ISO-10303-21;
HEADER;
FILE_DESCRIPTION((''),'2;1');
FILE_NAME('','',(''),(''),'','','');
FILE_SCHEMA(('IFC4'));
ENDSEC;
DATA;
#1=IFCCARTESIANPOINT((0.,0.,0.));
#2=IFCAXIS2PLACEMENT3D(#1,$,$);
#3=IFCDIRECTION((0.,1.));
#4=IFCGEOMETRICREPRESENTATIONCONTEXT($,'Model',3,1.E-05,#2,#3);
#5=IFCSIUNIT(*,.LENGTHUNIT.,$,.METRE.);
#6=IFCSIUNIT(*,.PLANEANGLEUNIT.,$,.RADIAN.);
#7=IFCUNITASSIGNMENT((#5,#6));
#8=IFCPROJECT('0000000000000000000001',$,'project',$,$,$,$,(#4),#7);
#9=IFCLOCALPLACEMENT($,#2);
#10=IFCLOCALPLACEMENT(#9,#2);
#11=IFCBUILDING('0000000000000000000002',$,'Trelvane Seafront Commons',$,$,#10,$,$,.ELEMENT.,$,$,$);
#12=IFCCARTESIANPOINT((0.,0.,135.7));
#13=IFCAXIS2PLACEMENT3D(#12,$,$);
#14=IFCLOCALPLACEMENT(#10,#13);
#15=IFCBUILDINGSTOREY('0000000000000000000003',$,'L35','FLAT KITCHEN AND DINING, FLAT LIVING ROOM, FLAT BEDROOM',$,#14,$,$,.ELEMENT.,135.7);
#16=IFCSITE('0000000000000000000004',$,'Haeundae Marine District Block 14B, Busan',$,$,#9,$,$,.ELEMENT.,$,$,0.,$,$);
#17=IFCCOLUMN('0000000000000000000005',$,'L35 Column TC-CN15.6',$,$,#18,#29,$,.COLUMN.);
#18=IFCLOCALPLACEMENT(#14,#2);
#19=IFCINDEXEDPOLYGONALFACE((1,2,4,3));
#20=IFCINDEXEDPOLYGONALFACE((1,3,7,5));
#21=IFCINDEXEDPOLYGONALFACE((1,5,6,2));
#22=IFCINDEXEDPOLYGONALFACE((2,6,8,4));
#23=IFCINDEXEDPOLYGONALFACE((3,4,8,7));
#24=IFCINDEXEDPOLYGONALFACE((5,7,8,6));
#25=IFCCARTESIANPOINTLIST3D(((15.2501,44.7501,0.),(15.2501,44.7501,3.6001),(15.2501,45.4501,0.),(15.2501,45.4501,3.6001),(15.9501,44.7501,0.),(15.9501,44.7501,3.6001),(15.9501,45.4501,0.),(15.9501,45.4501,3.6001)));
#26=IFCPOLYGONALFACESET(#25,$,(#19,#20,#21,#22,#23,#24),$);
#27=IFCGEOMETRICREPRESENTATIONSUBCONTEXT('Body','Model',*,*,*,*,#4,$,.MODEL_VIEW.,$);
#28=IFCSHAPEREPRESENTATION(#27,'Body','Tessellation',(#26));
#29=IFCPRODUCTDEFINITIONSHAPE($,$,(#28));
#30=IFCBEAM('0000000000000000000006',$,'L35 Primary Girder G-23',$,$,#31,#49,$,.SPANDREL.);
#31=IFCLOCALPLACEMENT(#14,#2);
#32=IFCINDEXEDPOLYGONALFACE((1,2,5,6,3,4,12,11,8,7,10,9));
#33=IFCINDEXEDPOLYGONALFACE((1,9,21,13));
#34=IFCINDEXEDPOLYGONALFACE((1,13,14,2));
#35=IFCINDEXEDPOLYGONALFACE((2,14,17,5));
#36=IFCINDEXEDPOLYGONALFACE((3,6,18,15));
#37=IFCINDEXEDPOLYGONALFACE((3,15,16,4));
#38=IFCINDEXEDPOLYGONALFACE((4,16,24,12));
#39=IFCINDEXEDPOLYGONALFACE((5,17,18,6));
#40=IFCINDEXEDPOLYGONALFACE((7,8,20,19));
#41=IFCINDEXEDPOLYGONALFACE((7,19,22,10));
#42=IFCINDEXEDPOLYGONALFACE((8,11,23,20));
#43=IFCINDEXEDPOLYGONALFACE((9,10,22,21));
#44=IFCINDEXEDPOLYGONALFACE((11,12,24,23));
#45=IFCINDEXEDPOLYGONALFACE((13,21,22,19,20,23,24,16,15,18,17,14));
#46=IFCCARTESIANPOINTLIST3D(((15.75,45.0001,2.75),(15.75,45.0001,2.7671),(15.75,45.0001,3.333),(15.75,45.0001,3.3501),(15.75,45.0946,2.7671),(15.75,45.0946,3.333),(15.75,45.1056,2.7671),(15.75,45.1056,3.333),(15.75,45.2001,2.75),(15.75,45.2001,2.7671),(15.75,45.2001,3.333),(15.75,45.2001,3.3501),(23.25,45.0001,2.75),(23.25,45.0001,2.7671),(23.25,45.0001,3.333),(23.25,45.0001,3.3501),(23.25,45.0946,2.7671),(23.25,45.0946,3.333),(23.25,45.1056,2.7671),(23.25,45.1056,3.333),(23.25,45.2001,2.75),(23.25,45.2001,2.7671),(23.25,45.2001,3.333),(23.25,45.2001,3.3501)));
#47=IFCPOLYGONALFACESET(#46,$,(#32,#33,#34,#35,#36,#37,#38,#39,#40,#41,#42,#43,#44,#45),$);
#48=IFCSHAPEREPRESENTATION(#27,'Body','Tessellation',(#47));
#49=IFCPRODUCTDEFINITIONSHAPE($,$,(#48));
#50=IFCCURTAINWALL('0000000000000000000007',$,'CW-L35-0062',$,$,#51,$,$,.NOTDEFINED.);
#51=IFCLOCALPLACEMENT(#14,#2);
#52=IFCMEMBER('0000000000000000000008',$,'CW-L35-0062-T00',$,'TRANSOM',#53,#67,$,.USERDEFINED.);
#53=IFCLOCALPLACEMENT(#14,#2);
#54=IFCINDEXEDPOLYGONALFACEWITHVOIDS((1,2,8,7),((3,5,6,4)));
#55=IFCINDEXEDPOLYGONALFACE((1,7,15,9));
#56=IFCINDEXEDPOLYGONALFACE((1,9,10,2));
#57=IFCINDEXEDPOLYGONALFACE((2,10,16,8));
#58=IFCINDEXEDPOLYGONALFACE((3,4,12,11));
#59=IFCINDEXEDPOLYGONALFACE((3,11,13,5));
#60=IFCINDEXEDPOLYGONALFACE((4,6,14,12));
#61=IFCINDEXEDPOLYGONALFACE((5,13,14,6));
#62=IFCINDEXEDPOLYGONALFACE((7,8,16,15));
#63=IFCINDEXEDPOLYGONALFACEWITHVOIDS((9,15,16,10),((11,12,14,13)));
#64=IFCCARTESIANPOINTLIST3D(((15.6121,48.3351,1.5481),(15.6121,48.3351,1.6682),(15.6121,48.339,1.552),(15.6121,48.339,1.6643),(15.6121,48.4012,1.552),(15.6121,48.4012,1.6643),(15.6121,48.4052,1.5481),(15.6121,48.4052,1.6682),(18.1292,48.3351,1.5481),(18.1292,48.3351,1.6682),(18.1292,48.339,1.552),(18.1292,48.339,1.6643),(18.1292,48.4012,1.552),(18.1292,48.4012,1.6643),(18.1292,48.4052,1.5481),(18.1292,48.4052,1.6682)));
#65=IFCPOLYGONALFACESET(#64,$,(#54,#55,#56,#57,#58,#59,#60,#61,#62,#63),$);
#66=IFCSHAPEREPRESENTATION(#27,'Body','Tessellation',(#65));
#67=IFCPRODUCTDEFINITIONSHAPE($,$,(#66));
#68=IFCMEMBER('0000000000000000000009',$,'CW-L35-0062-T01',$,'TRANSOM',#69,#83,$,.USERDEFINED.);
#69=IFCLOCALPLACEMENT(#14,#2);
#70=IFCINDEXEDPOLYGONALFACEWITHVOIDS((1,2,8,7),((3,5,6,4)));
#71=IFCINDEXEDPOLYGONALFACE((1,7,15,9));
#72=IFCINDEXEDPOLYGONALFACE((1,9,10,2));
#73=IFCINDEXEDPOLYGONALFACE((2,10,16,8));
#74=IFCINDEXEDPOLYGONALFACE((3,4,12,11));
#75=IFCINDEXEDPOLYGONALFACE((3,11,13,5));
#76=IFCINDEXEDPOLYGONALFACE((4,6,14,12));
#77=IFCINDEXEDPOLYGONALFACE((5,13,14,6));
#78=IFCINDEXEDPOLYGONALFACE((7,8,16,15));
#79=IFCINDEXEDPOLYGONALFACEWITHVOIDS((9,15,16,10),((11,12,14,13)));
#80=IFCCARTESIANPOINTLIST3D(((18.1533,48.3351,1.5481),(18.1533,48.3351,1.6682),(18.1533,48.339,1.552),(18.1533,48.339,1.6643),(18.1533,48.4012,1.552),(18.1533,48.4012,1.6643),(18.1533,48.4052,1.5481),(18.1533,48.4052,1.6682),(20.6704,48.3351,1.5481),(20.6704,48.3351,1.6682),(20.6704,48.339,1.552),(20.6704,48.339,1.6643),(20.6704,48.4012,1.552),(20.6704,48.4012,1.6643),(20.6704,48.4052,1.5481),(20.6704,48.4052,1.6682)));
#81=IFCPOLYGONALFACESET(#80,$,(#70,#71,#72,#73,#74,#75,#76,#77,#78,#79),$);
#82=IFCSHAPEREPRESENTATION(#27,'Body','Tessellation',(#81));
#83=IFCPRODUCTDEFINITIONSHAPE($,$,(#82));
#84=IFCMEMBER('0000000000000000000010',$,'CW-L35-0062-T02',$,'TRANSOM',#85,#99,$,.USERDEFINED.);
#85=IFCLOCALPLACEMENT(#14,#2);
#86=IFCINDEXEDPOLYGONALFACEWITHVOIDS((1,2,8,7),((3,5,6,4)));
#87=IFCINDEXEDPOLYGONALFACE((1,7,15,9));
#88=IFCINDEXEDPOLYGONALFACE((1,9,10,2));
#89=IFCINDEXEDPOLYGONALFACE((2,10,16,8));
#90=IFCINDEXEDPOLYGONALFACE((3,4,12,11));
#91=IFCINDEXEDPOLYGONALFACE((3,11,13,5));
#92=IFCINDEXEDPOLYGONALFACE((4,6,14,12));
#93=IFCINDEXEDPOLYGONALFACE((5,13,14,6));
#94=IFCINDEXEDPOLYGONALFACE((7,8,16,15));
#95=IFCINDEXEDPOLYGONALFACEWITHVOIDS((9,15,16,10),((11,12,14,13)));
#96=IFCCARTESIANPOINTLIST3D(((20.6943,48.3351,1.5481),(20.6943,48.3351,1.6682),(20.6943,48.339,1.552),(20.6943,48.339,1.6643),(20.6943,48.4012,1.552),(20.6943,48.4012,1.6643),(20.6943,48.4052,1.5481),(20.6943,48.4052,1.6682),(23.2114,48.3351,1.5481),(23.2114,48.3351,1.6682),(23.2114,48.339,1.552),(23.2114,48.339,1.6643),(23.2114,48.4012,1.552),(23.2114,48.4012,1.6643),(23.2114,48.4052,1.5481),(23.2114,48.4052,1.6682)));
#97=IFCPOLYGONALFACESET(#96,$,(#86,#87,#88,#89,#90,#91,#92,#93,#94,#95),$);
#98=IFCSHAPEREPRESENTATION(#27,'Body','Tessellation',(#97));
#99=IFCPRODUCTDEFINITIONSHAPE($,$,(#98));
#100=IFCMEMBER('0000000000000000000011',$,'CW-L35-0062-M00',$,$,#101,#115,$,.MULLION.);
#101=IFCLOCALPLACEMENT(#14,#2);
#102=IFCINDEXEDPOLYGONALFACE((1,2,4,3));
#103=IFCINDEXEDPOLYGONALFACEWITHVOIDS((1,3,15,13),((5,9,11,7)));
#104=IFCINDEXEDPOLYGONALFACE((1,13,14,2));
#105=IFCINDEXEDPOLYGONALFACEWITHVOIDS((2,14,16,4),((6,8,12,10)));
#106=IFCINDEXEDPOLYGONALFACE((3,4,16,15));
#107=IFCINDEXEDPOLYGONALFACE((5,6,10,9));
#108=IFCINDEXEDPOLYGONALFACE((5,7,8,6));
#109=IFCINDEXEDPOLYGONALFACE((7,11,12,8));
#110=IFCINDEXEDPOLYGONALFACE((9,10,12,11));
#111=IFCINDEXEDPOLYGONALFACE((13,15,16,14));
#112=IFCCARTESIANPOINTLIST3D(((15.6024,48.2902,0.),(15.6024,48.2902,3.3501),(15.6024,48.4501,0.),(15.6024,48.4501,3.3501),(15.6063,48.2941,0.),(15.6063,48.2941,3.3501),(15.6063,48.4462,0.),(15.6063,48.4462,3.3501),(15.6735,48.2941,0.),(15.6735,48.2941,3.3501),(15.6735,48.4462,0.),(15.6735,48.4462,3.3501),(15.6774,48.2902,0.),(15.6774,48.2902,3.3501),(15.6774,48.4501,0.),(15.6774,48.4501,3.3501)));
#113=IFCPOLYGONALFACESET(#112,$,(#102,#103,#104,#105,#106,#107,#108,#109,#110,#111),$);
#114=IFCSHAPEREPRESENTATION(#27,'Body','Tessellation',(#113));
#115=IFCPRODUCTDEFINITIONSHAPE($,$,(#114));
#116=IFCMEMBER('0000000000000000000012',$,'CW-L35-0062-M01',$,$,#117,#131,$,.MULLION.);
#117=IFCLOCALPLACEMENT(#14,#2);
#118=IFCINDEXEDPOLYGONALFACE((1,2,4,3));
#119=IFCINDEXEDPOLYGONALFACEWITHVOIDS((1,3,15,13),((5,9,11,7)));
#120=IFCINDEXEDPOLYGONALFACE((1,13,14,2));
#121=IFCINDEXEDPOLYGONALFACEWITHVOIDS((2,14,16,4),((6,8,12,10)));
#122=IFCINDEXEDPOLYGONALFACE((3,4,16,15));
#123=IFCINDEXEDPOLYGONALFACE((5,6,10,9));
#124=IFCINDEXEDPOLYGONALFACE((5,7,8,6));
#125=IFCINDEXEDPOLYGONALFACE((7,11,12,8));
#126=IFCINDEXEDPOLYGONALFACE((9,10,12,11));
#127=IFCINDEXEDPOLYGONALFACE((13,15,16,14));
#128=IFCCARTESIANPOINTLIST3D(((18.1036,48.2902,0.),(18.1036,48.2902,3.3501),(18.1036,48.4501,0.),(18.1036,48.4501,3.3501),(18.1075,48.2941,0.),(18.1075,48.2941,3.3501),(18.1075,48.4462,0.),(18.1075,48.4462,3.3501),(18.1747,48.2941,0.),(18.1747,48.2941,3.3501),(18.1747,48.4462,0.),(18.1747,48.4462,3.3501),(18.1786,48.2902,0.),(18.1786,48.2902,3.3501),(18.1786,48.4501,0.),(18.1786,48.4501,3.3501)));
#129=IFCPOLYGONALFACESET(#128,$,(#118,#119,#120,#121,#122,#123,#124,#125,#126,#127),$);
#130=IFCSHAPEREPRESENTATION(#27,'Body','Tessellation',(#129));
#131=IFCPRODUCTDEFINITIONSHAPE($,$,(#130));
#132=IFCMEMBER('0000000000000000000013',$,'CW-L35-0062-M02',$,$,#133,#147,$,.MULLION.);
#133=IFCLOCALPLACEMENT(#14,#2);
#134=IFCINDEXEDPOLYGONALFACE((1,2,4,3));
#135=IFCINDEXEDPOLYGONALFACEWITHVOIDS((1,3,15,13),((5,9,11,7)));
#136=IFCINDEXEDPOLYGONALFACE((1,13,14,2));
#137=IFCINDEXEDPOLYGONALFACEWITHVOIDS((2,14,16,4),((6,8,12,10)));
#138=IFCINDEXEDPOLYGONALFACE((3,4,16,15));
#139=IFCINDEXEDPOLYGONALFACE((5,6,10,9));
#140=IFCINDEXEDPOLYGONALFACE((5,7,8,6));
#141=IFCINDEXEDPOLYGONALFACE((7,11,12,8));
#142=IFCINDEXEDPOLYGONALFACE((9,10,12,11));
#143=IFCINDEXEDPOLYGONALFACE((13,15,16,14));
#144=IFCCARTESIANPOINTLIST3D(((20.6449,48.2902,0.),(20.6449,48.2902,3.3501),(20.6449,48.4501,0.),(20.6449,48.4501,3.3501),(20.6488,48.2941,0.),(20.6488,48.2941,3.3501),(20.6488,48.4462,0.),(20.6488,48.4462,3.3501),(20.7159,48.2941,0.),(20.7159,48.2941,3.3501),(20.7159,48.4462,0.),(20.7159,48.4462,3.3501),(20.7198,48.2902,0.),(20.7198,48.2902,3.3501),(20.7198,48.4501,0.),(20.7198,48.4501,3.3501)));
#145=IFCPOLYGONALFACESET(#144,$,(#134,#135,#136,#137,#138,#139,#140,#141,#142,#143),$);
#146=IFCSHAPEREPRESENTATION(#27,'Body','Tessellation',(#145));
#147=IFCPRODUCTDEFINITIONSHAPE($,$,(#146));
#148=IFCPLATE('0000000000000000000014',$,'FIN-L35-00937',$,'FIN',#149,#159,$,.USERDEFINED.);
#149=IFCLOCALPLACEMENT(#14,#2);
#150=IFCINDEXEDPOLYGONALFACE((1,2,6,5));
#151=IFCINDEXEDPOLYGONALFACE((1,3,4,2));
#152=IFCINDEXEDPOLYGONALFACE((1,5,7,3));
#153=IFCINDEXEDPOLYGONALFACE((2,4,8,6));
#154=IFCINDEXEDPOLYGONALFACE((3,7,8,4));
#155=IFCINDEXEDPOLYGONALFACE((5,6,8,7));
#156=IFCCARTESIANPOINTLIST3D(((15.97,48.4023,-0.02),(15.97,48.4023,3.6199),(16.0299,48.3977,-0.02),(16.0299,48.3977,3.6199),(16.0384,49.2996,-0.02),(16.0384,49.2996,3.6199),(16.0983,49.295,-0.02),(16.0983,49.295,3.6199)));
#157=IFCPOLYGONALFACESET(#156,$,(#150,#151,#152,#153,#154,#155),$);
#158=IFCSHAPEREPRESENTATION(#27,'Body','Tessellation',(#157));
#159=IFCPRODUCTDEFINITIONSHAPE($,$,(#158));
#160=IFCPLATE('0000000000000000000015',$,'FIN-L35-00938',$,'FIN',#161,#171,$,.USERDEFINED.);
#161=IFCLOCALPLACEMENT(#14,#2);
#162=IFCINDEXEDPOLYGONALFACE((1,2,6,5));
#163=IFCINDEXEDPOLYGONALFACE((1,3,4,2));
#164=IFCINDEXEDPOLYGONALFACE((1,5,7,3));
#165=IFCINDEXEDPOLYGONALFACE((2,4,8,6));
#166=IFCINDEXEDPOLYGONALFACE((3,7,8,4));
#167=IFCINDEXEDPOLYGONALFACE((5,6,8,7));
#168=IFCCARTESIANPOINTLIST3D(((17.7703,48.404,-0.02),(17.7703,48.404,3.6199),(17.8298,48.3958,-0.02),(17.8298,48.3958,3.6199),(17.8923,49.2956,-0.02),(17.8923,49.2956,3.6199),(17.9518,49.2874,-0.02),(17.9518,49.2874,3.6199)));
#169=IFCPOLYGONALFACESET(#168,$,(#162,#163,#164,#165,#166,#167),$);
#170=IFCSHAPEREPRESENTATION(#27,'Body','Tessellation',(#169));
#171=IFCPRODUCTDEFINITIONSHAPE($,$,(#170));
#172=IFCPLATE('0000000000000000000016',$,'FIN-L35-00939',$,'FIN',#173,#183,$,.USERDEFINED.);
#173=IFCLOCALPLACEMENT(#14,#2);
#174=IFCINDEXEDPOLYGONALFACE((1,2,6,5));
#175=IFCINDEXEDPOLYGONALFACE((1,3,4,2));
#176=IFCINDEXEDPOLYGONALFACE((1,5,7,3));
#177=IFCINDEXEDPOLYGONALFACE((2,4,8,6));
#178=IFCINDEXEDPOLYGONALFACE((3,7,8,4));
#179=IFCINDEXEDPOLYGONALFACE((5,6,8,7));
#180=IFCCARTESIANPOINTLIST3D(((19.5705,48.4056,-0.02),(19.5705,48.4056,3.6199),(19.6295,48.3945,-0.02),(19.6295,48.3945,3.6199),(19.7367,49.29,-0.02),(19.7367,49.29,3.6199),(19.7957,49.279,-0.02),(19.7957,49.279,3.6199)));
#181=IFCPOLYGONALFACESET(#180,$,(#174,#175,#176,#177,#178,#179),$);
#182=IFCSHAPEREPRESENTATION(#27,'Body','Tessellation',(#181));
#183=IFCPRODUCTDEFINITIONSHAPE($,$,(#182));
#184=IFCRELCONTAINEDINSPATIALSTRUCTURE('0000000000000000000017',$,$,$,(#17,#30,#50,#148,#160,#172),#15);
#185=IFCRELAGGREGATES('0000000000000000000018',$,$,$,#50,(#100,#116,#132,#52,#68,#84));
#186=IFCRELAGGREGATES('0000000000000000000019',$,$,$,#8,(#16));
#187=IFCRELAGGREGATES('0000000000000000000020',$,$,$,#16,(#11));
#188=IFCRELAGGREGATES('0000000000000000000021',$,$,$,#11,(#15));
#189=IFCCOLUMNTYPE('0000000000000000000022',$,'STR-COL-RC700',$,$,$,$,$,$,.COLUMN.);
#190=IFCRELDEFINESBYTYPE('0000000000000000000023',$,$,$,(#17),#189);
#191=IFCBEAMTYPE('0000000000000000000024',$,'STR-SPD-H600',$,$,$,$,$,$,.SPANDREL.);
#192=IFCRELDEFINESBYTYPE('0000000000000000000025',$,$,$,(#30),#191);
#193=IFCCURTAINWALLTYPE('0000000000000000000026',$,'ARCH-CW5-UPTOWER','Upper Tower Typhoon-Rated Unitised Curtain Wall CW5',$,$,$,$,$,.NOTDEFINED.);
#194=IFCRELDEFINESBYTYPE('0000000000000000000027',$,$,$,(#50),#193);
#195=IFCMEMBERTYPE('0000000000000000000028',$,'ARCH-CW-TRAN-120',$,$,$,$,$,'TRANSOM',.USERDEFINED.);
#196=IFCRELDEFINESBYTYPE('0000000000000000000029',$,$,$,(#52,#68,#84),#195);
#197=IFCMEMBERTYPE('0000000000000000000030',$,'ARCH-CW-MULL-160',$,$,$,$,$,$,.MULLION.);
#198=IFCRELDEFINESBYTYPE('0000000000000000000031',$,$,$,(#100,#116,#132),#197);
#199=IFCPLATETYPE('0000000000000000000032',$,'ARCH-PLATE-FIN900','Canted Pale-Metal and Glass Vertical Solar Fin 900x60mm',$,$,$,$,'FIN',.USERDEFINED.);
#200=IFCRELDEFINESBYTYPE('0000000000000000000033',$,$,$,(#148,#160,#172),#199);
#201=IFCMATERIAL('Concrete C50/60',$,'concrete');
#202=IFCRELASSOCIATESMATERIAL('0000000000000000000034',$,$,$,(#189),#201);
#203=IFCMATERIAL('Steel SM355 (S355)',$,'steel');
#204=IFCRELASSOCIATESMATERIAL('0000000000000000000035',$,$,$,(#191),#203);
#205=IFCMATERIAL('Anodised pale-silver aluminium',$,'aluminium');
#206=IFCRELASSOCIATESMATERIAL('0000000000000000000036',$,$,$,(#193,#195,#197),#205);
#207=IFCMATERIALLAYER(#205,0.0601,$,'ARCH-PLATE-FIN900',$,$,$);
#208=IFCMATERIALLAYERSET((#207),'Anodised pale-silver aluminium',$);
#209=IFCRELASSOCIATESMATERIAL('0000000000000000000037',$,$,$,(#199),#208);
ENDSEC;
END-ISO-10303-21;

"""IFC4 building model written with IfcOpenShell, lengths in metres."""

from ifc_helpers import new_model, si_unit, direction, frame, origin, origin_2d, place, context, subcontext, project, spatial, rectangle, hollow_rectangle, i_section, extrude, source, transform, mapped, material, layer, layer_set, material_profile, profile_set, type_object, element, aggregate, save


model = new_model("IFC4")

# Units and contexts
model_context = context("Model", 3, precision=1e-05, world=origin(), true_north=direction((0.0, 1.0)))
body_context = subcontext(model_context, "Body", "Model", "MODEL_VIEW")
ifc_project = project(units=[si_unit("LENGTHUNIT", "METRE"), si_unit("PLANEANGLEUNIT", "RADIAN")], contexts=[model_context])

# Site, building, storey
site_placement = place(None, origin())
site = spatial("IfcSite", under=ifc_project, at=site_placement, Name="Haeundae Marine District Block 14B, Busan", CompositionType="ELEMENT", RefElevation=0.0)
building_placement = place(site_placement, origin())
building = spatial("IfcBuilding", under=site, at=building_placement, Name="Trelvane Seafront Commons", CompositionType="ELEMENT")
storey_placement = place(building_placement, frame((0.0, 0.0, 135.7)))
storey = spatial("IfcBuildingStorey", under=building, at=storey_placement, Name="L35", Description="FLAT KITCHEN AND DINING, FLAT LIVING ROOM, FLAT BEDROOM", CompositionType="ELEMENT", Elevation=135.7)

# Column
ifc_material_1 = material(Name="Concrete C50/60", Category="concrete")
ifc_material_profile_1 = material_profile(ifc_material_1, rectangle(XDim=0.7, YDim=0.7, at=origin_2d()), Name="RC-700x700")
ifc_profile_set_1 = profile_set([ifc_material_profile_1], Name="Concrete C50/60")
column_type = type_object("IfcColumnType", Name="STR-COL-RC700", PredefinedType="COLUMN", material=ifc_profile_set_1)
shared_shape_1 = source(origin(), body_context, "Body", "SweptSolid", [
    extrude(rectangle(XDim=0.7, YDim=0.7, at=origin_2d()), origin(), (0.0, 0.0, 1.0), 3.6001),
])
column_placement = place(storey_placement, frame((15.6001, 45.1001, 0.0), z_axis=(0.0, 0.0, 1.0), x_axis=(1.0, 0.0, 0.0)))
element("IfcColumn", 1, at=column_placement, inside=storey, type_object=column_type, Name="L35 Column TC-CN15.6", PredefinedType="COLUMN", context=body_context, shape_type="MappedRepresentation", body=[
    mapped(shared_shape_1, transform((0.0, 0.0, 0.0), x_axis=(1.0, 0.0, 0.0), y_axis=(0.0, 1.0, 0.0), z_axis=(0.0, 0.0, 1.0), scale=1.0)),
])

# Beam
ifc_material_2 = material(Name="Steel SM355 (S355)", Category="steel")
ifc_material_profile_2 = material_profile(ifc_material_2, i_section(OverallWidth=0.2, OverallDepth=0.6001, WebThickness=0.011, FlangeThickness=0.0171, at=origin_2d()), Name="H-600x200x11x17")
ifc_profile_set_2 = profile_set([ifc_material_profile_2], Name="Steel SM355 (S355)")
beam_type = type_object("IfcBeamType", Name="STR-SPD-H600", PredefinedType="SPANDREL", material=ifc_profile_set_2)
shared_shape_2 = source(origin(), body_context, "Body", "SweptSolid", [
    extrude(i_section(OverallWidth=0.2, OverallDepth=0.6001, WebThickness=0.011, FlangeThickness=0.0171, at=origin_2d()), origin(), (0.0, 0.0, 1.0), 7.5),
])
beam_placement = place(storey_placement, frame((15.75, 45.1001, 3.05), z_axis=(1.0, 0.0, 0.0), x_axis=(0.0, 1.0, 0.0)))
element("IfcBeam", 2, at=beam_placement, inside=storey, type_object=beam_type, Name="L35 Primary Girder G-23", PredefinedType="SPANDREL", context=body_context, shape_type="MappedRepresentation", body=[
    mapped(shared_shape_2, transform((0.0, 0.0, 0.0), x_axis=(1.0, 0.0, 0.0), y_axis=(0.0, 1.0, 0.0), z_axis=(0.0, 0.0, 1.0), scale=1.0)),
])

# Curtain wall, members
ifc_material_3 = material(Name="Anodised pale-silver aluminium", Category="aluminium")
curtain_wall_type = type_object("IfcCurtainWallType", Name="ARCH-CW5-UPTOWER", Description="Upper Tower Typhoon-Rated Unitised Curtain Wall CW5", PredefinedType="NOTDEFINED", material=ifc_material_3)
curtain_wall_placement = place(storey_placement, origin())
curtain_wall = element("IfcCurtainWall", 3, at=curtain_wall_placement, inside=storey, type_object=curtain_wall_type, Name="CW-L35-0062", PredefinedType="NOTDEFINED")
ifc_material_profile_3 = material_profile(ifc_material_3, hollow_rectangle(XDim=0.0701, YDim=0.1201, WallThickness=0.0039, at=origin_2d()), Name="TRAN-70x120x4")
ifc_profile_set_3 = profile_set([ifc_material_profile_3], Name="Anodised pale-silver aluminium")
member_type_1 = type_object("IfcMemberType", Name="ARCH-CW-TRAN-120", ElementType="TRANSOM", PredefinedType="USERDEFINED", material=ifc_profile_set_3)
shared_shape_3 = source(origin(), body_context, "Body", "SweptSolid", [
    extrude(hollow_rectangle(XDim=0.0701, YDim=0.1201, WallThickness=0.0039, at=origin_2d()), origin(), (0.0, 0.0, 1.0), 2.5171),
])
member_1_placement = place(storey_placement, frame((15.6121, 48.3701, 1.6082), z_axis=(1.0, 0.0, 0.0), x_axis=(0.0, 1.0, 0.0)))
member_1 = element("IfcMember", 4, at=member_1_placement, type_object=member_type_1, Name="CW-L35-0062-T00", ObjectType="TRANSOM", PredefinedType="USERDEFINED", context=body_context, shape_type="MappedRepresentation", body=[
    mapped(shared_shape_3, transform((0.0, 0.0, 0.0), x_axis=(1.0, 0.0, 0.0), y_axis=(0.0, 1.0, 0.0), z_axis=(0.0, 0.0, 1.0), scale=1.0)),
])
member_2_placement = place(storey_placement, frame((18.1533, 48.3701, 1.6082), z_axis=(1.0, 0.0, 0.0), x_axis=(0.0, 1.0, 0.0)))
member_2 = element("IfcMember", 5, at=member_2_placement, type_object=member_type_1, Name="CW-L35-0062-T01", ObjectType="TRANSOM", PredefinedType="USERDEFINED", context=body_context, shape_type="MappedRepresentation", body=[
    mapped(shared_shape_3, transform((0.0, 0.0, 0.0), x_axis=(1.0, 0.0, 0.0), y_axis=(0.0, 1.0, 0.0), z_axis=(0.0, 0.0, 1.0), scale=1.0)),
])
member_3_placement = place(storey_placement, frame((20.6943, 48.3701, 1.6082), z_axis=(1.0, 0.0, 0.0), x_axis=(0.0, 1.0, 0.0)))
member_3 = element("IfcMember", 6, at=member_3_placement, type_object=member_type_1, Name="CW-L35-0062-T02", ObjectType="TRANSOM", PredefinedType="USERDEFINED", context=body_context, shape_type="MappedRepresentation", body=[
    mapped(shared_shape_3, transform((0.0, 0.0, 0.0), x_axis=(1.0, 0.0, 0.0), y_axis=(0.0, 1.0, 0.0), z_axis=(0.0, 0.0, 1.0), scale=1.0)),
])
ifc_material_profile_4 = material_profile(ifc_material_3, hollow_rectangle(XDim=0.075, YDim=0.1599, WallThickness=0.0039, at=origin_2d()), Name="MULL-75x160x4")
ifc_profile_set_4 = profile_set([ifc_material_profile_4], Name="Anodised pale-silver aluminium")
member_type_2 = type_object("IfcMemberType", Name="ARCH-CW-MULL-160", PredefinedType="MULLION", material=ifc_profile_set_4)
shared_shape_4 = source(origin(), body_context, "Body", "SweptSolid", [
    extrude(hollow_rectangle(XDim=0.075, YDim=0.1599, WallThickness=0.0039, at=origin_2d()), origin(), (0.0, 0.0, 1.0), 3.3501),
])
member_4_placement = place(storey_placement, frame((15.6399, 48.3701, 0.0), z_axis=(0.0, 0.0, 1.0), x_axis=(1.0, 0.0, 0.0)))
member_4 = element("IfcMember", 7, at=member_4_placement, type_object=member_type_2, Name="CW-L35-0062-M00", PredefinedType="MULLION", context=body_context, shape_type="MappedRepresentation", body=[
    mapped(shared_shape_4, transform((0.0, 0.0, 0.0), x_axis=(1.0, 0.0, 0.0), y_axis=(0.0, 1.0, 0.0), z_axis=(0.0, 0.0, 1.0), scale=1.0)),
])
member_5_placement = place(storey_placement, frame((18.1411, 48.3701, 0.0), z_axis=(0.0, 0.0, 1.0), x_axis=(1.0, 0.0, 0.0)))
member_5 = element("IfcMember", 8, at=member_5_placement, type_object=member_type_2, Name="CW-L35-0062-M01", PredefinedType="MULLION", context=body_context, shape_type="MappedRepresentation", body=[
    mapped(shared_shape_4, transform((0.0, 0.0, 0.0), x_axis=(1.0, 0.0, 0.0), y_axis=(0.0, 1.0, 0.0), z_axis=(0.0, 0.0, 1.0), scale=1.0)),
])
member_6_placement = place(storey_placement, frame((20.6824, 48.3701, 0.0), z_axis=(0.0, 0.0, 1.0), x_axis=(1.0, 0.0, 0.0)))
member_6 = element("IfcMember", 9, at=member_6_placement, type_object=member_type_2, Name="CW-L35-0062-M02", PredefinedType="MULLION", context=body_context, shape_type="MappedRepresentation", body=[
    mapped(shared_shape_4, transform((0.0, 0.0, 0.0), x_axis=(1.0, 0.0, 0.0), y_axis=(0.0, 1.0, 0.0), z_axis=(0.0, 0.0, 1.0), scale=1.0)),
])

# Plates
ifc_layer_1 = layer(ifc_material_3, 0.0601, Name="ARCH-PLATE-FIN900")
ifc_layer_set_1 = layer_set([ifc_layer_1], Name="Anodised pale-silver aluminium")
plate_type_1 = type_object("IfcPlateType", Name="ARCH-PLATE-FIN900", Description="Canted Pale-Metal and Glass Vertical Solar Fin 900x60mm", ElementType="FIN", PredefinedType="USERDEFINED", material=ifc_layer_set_1)
shared_shape_5 = source(origin(), body_context, "Body", "SweptSolid", [
    extrude(rectangle(XDim=0.8999, YDim=0.0601, at=origin_2d()), origin(), (0.0, 0.0, 1.0), 3.6399),
])
for number, where, z_axis, x_axis, name in (
    (10, (16.0342, 48.8486, -0.02), (0.0, 0.0, 1.0), (0.076, 0.997108, 0.0), "FIN-L35-00937"),
    (11, (17.8611, 48.8457, -0.02), (0.0, 0.0, 1.0), (0.135555, 0.99077, 0.0), "FIN-L35-00938"),
    (12, (19.6831, 48.8423, -0.02), (0.0, 0.0, 1.0), (0.18467, 0.982801, 0.0), "FIN-L35-00939"),
):
    element("IfcPlate", number, at=place(storey_placement, frame(where, z_axis=z_axis, x_axis=x_axis)), inside=storey, type_object=plate_type_1, Name=name, ObjectType="FIN", PredefinedType="USERDEFINED", context=body_context, shape_type="MappedRepresentation", body=[
        mapped(shared_shape_5, transform((0.0, 0.0, 0.0), x_axis=(1.0, 0.0, 0.0), y_axis=(0.0, 1.0, 0.0), z_axis=(0.0, 0.0, 1.0), scale=1.0)),
    ])

aggregate(curtain_wall, [member_4, member_5, member_6, member_1, member_2, member_3])

save(model, "model.ifc")
